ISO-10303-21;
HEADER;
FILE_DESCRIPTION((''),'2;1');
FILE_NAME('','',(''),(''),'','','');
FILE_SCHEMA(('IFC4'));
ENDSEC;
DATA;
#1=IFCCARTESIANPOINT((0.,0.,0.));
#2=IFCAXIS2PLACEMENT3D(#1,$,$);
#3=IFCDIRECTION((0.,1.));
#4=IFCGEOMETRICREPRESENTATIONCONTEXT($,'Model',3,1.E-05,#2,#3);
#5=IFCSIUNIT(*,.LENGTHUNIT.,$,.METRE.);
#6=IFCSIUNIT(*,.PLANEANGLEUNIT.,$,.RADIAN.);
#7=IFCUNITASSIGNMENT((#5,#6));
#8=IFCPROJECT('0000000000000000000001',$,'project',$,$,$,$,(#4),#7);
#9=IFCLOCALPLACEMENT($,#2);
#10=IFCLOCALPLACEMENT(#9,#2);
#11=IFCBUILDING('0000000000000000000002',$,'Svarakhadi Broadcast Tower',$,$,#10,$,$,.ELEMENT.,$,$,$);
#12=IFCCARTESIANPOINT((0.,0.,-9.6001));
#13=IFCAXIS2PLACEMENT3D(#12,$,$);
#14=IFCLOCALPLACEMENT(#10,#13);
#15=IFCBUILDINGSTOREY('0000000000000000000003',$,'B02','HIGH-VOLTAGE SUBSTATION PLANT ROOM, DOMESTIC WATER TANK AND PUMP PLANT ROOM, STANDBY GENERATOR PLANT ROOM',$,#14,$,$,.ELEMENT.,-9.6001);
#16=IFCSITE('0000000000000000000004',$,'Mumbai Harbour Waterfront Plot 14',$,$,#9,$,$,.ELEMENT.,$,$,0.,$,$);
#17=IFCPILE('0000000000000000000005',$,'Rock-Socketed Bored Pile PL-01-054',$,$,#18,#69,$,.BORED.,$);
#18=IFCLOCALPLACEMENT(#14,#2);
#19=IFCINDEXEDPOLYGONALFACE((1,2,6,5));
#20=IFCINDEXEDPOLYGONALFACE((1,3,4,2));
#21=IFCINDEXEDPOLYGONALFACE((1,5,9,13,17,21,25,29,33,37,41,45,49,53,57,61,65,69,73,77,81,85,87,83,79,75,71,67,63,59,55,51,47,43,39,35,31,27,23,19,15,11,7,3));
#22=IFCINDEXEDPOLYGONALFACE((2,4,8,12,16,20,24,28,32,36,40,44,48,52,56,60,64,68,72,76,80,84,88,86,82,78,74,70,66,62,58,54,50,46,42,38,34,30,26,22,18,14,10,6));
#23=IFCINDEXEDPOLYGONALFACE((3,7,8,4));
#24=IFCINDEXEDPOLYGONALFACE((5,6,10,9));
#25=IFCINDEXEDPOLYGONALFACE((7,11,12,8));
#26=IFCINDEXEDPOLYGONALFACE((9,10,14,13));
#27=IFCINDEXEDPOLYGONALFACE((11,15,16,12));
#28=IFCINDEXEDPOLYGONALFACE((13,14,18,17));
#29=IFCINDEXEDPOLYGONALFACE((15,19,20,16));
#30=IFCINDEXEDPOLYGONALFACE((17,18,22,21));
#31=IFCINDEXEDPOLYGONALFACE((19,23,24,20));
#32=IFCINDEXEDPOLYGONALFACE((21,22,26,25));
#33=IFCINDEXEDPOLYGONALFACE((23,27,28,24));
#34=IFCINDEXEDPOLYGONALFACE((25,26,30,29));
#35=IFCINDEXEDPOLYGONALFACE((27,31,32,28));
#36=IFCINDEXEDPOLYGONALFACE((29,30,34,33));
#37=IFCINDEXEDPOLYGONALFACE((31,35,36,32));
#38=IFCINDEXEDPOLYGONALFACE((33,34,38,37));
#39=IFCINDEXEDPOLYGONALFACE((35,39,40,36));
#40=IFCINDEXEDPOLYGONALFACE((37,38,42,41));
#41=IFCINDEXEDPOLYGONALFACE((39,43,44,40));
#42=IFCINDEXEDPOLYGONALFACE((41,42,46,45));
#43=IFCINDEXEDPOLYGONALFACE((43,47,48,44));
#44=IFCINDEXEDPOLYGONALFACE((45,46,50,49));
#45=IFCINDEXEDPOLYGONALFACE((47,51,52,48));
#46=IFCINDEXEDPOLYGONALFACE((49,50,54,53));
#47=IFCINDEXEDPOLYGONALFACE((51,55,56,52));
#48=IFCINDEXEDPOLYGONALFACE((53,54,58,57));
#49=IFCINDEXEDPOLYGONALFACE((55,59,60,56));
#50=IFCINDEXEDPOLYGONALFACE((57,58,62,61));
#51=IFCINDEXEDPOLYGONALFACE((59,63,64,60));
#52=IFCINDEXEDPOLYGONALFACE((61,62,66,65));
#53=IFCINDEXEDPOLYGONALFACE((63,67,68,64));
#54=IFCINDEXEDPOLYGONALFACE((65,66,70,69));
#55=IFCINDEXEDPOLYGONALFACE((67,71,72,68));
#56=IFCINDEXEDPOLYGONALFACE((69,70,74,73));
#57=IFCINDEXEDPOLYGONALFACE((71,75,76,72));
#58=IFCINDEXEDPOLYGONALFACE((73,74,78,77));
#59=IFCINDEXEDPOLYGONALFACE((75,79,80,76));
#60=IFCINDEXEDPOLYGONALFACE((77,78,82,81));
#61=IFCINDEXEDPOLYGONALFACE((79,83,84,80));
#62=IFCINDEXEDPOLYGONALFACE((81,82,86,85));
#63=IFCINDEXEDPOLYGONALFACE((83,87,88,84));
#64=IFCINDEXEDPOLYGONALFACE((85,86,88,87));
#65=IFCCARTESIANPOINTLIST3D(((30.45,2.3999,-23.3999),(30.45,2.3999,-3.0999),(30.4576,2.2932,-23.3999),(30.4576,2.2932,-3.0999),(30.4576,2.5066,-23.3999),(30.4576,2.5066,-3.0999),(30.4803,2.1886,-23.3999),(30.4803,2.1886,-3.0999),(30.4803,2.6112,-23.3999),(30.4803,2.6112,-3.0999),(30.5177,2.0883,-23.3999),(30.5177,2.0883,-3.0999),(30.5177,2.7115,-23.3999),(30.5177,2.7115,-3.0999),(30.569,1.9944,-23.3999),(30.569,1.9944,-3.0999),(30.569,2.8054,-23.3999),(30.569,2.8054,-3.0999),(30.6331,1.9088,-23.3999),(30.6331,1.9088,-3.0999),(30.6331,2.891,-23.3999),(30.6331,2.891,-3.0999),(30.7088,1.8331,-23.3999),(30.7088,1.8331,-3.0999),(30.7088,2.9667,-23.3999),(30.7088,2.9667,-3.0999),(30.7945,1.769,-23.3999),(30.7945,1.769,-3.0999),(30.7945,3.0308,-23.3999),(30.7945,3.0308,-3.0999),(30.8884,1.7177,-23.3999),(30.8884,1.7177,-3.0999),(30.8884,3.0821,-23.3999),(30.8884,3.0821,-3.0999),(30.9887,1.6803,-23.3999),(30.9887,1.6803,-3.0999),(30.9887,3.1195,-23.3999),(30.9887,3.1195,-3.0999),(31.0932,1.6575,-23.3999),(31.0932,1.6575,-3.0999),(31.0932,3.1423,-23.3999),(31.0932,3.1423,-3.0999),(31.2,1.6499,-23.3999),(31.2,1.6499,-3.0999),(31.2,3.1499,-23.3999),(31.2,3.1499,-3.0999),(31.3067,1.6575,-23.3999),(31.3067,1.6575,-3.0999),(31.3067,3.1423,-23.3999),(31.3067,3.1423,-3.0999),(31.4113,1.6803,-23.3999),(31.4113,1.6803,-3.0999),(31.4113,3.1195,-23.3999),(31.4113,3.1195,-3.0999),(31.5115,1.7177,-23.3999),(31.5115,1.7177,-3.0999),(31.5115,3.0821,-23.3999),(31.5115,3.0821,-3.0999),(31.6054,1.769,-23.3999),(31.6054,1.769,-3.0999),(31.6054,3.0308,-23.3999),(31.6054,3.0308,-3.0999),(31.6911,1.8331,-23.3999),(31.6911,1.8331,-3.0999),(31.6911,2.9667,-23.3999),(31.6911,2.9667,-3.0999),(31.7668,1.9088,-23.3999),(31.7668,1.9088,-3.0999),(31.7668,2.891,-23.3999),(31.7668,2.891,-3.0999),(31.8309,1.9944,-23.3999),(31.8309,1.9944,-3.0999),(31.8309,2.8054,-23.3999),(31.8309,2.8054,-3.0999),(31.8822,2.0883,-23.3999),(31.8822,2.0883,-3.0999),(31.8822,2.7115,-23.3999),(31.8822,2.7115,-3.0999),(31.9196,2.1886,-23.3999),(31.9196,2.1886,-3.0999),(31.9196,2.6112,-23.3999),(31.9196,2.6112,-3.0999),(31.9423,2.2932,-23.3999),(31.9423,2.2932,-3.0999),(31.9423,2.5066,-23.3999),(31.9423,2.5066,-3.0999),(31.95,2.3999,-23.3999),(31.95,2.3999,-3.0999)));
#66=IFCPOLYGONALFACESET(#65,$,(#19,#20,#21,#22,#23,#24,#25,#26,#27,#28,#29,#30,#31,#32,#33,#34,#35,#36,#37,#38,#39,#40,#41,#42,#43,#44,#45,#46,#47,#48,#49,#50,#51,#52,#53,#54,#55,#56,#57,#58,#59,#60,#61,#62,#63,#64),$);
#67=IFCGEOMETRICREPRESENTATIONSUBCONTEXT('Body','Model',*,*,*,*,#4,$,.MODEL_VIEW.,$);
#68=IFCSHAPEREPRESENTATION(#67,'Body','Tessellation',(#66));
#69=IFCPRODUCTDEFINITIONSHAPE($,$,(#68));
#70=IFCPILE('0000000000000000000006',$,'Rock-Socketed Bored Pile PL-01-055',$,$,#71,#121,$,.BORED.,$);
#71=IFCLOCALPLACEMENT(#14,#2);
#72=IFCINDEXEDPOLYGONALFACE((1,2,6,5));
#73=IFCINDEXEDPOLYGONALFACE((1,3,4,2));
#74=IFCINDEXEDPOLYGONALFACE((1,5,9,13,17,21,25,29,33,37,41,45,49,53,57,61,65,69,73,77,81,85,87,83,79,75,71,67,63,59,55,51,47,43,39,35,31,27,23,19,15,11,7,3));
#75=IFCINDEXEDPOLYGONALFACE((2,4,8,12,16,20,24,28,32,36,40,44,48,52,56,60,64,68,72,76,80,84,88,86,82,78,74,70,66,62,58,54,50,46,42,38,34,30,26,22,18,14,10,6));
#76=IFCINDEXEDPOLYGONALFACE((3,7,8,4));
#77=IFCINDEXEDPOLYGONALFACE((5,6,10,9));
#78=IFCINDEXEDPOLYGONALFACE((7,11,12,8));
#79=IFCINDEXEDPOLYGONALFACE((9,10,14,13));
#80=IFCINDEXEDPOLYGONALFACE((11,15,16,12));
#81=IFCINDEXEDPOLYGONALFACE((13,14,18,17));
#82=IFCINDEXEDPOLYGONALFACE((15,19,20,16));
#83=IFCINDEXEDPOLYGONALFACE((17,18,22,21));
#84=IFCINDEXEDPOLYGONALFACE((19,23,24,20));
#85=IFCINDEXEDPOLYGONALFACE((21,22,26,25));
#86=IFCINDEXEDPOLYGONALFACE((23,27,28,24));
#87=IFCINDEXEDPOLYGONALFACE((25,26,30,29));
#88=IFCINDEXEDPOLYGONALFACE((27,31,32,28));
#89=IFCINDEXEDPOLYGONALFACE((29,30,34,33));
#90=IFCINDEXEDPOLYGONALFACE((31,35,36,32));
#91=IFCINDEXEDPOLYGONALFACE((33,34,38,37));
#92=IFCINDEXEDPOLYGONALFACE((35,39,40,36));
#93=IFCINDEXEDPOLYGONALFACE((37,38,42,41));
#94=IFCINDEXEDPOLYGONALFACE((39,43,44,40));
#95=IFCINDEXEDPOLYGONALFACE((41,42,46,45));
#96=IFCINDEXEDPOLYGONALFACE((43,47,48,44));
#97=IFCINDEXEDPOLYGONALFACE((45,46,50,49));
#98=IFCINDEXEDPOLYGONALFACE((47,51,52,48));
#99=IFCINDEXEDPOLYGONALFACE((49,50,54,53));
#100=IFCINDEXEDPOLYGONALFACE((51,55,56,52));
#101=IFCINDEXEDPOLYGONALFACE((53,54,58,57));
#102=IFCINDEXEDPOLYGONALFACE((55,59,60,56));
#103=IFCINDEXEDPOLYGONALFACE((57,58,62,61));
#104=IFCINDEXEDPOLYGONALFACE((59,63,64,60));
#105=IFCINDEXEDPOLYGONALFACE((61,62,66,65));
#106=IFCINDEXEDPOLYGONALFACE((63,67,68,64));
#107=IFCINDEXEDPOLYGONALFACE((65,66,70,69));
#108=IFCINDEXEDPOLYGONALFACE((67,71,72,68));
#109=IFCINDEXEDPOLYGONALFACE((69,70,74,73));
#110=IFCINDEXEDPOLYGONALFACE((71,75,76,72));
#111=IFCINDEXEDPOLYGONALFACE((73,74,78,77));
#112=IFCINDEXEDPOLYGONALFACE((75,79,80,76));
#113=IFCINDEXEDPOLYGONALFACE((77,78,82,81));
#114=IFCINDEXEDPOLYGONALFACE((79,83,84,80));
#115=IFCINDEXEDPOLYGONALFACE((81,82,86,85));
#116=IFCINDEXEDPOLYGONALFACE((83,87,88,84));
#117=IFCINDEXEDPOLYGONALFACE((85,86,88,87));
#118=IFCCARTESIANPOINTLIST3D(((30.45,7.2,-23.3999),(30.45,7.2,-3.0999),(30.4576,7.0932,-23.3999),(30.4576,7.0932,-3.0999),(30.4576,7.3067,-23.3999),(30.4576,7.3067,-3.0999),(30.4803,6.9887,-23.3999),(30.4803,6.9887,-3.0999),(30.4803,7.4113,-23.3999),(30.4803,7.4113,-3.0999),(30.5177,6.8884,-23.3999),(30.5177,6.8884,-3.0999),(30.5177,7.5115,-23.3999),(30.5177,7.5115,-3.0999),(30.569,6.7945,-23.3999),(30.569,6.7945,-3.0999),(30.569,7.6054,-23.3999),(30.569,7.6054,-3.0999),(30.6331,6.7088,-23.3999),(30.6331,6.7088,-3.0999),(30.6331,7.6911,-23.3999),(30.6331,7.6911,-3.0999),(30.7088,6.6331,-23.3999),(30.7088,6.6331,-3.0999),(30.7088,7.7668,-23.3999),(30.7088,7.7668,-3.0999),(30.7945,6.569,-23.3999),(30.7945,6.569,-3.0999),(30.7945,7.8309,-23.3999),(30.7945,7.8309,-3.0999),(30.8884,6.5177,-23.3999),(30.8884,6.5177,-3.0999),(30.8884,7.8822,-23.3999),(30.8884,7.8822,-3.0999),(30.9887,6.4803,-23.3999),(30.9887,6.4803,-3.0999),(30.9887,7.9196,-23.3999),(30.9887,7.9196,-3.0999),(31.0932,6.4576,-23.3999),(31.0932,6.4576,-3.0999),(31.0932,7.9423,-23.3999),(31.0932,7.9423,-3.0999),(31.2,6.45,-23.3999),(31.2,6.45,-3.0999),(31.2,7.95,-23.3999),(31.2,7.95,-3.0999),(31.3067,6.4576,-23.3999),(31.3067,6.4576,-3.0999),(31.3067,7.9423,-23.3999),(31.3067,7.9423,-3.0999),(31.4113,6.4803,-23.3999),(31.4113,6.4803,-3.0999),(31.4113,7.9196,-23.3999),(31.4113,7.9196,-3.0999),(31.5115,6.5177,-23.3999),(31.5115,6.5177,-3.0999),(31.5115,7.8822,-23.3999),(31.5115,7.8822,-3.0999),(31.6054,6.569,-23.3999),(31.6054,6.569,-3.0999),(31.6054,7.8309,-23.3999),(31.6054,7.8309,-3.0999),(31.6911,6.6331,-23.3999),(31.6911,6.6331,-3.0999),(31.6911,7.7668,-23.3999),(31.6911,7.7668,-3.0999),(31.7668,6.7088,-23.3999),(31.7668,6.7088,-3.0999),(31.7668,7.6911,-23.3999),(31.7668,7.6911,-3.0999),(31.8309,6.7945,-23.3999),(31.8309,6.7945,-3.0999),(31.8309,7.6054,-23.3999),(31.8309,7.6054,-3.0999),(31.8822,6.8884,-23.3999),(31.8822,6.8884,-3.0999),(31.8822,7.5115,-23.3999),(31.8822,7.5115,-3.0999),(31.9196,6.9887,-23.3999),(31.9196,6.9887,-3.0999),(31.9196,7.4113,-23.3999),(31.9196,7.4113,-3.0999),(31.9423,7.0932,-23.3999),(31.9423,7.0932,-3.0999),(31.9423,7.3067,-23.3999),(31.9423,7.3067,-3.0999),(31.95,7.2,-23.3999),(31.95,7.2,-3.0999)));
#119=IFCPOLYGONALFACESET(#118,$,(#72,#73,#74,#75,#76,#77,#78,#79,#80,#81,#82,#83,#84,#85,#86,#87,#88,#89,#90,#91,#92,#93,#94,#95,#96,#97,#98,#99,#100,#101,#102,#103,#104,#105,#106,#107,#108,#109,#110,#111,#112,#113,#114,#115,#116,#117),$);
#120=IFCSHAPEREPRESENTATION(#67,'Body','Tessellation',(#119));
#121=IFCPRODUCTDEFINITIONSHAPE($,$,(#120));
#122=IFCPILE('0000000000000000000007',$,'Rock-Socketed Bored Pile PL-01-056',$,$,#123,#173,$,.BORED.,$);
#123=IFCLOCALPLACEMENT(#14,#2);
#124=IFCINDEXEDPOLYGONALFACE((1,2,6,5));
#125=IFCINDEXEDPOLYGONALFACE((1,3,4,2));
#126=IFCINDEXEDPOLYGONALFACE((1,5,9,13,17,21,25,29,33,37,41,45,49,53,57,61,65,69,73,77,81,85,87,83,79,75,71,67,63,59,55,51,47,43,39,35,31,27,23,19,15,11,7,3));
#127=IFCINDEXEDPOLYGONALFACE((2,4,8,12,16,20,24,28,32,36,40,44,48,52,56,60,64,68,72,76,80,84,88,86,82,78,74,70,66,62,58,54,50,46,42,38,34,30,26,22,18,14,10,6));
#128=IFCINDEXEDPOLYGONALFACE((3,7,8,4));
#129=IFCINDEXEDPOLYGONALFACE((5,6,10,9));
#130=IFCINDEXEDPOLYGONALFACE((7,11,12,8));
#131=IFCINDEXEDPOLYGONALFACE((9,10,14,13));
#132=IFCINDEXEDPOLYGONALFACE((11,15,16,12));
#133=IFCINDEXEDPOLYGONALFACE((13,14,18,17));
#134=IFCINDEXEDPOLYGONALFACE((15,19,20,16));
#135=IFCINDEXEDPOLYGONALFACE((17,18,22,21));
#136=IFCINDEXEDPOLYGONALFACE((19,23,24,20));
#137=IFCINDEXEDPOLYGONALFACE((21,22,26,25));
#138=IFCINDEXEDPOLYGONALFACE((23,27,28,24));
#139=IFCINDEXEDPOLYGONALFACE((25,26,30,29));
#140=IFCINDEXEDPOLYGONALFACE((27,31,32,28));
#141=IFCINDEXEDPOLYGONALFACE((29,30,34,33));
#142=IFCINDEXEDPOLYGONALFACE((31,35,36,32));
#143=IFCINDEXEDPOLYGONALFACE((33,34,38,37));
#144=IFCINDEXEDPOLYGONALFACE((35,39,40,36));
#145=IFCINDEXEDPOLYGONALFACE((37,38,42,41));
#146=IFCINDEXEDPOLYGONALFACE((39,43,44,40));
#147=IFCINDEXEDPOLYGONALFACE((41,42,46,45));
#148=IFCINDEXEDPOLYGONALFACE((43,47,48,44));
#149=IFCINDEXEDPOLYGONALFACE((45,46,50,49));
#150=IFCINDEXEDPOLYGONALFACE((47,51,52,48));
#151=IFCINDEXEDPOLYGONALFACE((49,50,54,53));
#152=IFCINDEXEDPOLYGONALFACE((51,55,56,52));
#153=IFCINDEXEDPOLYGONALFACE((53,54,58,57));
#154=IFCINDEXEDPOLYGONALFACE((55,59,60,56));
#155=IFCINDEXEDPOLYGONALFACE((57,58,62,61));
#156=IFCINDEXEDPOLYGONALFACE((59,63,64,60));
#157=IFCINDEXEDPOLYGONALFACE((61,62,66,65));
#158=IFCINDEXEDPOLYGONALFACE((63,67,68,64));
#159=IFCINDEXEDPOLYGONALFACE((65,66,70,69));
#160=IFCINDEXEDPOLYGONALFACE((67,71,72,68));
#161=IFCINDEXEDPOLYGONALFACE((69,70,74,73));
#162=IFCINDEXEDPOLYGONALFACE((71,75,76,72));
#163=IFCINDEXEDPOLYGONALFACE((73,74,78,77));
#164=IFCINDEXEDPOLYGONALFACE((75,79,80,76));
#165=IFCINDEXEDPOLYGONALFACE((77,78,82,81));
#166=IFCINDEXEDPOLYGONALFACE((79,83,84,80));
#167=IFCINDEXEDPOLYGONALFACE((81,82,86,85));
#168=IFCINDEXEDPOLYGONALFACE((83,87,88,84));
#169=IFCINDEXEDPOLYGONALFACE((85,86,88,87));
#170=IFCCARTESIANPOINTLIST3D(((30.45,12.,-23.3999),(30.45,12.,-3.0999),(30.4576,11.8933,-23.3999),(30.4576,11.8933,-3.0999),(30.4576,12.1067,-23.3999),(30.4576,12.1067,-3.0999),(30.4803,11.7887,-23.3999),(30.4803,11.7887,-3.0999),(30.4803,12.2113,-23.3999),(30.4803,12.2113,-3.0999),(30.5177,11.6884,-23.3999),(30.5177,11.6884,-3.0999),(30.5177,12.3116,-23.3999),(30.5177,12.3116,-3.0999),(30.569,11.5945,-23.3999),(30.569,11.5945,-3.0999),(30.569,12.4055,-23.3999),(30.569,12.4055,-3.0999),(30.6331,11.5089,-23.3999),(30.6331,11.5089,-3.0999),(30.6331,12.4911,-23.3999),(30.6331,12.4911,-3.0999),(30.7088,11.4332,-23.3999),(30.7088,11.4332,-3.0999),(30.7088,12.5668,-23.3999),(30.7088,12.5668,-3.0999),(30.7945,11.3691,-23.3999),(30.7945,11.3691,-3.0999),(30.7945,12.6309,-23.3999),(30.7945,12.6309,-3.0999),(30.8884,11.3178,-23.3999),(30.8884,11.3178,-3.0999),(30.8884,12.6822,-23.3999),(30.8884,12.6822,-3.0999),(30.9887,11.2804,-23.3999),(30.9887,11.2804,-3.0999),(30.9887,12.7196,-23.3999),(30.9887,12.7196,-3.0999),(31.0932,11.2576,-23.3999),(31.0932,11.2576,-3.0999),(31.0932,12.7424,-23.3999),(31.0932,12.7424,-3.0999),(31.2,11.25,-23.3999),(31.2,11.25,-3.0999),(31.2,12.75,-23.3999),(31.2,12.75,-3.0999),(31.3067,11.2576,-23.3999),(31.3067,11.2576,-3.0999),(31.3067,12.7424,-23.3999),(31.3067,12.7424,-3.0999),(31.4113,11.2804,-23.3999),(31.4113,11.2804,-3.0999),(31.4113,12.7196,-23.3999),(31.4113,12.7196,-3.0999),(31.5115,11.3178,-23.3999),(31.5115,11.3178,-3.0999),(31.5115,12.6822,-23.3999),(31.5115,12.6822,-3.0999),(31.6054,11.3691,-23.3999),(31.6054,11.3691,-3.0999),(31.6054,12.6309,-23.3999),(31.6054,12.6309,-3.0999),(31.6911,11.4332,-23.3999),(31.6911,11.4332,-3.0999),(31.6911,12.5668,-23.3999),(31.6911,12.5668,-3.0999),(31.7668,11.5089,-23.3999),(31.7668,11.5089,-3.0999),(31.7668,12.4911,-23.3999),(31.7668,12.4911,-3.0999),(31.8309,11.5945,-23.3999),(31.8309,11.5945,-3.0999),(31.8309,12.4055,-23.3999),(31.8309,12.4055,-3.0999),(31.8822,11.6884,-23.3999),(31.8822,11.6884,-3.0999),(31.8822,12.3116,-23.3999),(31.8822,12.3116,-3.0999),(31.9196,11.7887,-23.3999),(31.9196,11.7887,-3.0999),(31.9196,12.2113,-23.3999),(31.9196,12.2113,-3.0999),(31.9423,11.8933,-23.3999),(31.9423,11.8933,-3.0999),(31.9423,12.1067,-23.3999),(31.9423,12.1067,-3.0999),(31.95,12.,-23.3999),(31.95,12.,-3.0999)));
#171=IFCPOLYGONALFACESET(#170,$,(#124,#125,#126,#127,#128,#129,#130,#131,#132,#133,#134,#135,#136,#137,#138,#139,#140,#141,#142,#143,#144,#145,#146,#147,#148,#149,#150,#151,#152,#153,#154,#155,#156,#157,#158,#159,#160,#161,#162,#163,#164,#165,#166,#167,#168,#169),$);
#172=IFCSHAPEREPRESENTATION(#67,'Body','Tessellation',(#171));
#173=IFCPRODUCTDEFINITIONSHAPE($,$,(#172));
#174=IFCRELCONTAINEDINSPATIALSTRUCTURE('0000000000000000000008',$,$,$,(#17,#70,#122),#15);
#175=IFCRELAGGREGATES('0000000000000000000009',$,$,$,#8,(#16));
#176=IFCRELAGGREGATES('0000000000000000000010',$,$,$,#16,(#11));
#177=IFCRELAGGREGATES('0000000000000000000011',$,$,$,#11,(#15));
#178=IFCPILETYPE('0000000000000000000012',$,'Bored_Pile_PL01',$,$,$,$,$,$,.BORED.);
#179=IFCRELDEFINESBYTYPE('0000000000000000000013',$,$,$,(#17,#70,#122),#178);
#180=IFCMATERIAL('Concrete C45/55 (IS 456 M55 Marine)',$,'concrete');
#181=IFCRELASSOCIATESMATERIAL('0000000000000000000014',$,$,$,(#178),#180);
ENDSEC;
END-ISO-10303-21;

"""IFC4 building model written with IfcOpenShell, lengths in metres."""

from ifc_helpers import new_model, si_unit, direction, frame, origin, origin_2d, place, context, subcontext, project, spatial, circle, extrude, material, material_profile, profile_set, type_object, element, save


model = new_model("IFC4")

# Units and contexts
model_context = context("Model", 3, precision=1e-05, world=origin(), true_north=direction((0.0, 1.0)))
body_context = subcontext(model_context, "Body", "Model", "MODEL_VIEW")
ifc_project = project(units=[si_unit("LENGTHUNIT", "METRE"), si_unit("PLANEANGLEUNIT", "RADIAN")], contexts=[model_context])

# Site, building, storey
site_placement = place(None, origin())
site = spatial("IfcSite", under=ifc_project, at=site_placement, Name="Mumbai Harbour Waterfront Plot 14", CompositionType="ELEMENT", RefElevation=0.0)
building_placement = place(site_placement, origin())
building = spatial("IfcBuilding", under=site, at=building_placement, Name="Svarakhadi Broadcast Tower", CompositionType="ELEMENT")
storey_placement = place(building_placement, frame((0.0, 0.0, -9.6001)))
storey = spatial("IfcBuildingStorey", under=building, at=storey_placement, Name="B02", Description="HIGH-VOLTAGE SUBSTATION PLANT ROOM, DOMESTIC WATER TANK AND PUMP PLANT ROOM, STANDBY GENERATOR PLANT ROOM", CompositionType="ELEMENT", Elevation=-9.6001)

# Piles
ifc_material_1 = material(Name="Concrete C45/55 (IS 456 M55 Marine)", Category="concrete")
ifc_material_profile_1 = material_profile(ifc_material_1, circle(Radius=0.75, at=origin_2d()), Name="PILE D1500")
ifc_profile_set_1 = profile_set([ifc_material_profile_1], Name="Concrete C45/55 (IS 456 M55 Marine)")
pile_type = type_object("IfcPileType", Name="Bored_Pile_PL01", PredefinedType="BORED", material=ifc_profile_set_1)
for number, where, z_axis, x_axis, name in (
    (1, (31.2, 2.3999, -3.0999), (0.0, 0.0, -1.0), (1.0, 0.0, 0.0), "Rock-Socketed Bored Pile PL-01-054"),
    (2, (31.2, 7.2, -3.0999), (0.0, 0.0, -1.0), (1.0, 0.0, 0.0), "Rock-Socketed Bored Pile PL-01-055"),
    (3, (31.2, 12.0, -3.0999), (0.0, 0.0, -1.0), (1.0, 0.0, 0.0), "Rock-Socketed Bored Pile PL-01-056"),
):
    element("IfcPile", number, at=place(storey_placement, frame(where, z_axis=z_axis, x_axis=x_axis)), inside=storey, type_object=pile_type, Name=name, PredefinedType="BORED", context=body_context, shape_type="SweptSolid", body=[
        extrude(circle(Radius=0.75, at=origin_2d()), origin(), (0.0, 0.0, 1.0), 20.3),
    ])

save(model, "model.ifc")
